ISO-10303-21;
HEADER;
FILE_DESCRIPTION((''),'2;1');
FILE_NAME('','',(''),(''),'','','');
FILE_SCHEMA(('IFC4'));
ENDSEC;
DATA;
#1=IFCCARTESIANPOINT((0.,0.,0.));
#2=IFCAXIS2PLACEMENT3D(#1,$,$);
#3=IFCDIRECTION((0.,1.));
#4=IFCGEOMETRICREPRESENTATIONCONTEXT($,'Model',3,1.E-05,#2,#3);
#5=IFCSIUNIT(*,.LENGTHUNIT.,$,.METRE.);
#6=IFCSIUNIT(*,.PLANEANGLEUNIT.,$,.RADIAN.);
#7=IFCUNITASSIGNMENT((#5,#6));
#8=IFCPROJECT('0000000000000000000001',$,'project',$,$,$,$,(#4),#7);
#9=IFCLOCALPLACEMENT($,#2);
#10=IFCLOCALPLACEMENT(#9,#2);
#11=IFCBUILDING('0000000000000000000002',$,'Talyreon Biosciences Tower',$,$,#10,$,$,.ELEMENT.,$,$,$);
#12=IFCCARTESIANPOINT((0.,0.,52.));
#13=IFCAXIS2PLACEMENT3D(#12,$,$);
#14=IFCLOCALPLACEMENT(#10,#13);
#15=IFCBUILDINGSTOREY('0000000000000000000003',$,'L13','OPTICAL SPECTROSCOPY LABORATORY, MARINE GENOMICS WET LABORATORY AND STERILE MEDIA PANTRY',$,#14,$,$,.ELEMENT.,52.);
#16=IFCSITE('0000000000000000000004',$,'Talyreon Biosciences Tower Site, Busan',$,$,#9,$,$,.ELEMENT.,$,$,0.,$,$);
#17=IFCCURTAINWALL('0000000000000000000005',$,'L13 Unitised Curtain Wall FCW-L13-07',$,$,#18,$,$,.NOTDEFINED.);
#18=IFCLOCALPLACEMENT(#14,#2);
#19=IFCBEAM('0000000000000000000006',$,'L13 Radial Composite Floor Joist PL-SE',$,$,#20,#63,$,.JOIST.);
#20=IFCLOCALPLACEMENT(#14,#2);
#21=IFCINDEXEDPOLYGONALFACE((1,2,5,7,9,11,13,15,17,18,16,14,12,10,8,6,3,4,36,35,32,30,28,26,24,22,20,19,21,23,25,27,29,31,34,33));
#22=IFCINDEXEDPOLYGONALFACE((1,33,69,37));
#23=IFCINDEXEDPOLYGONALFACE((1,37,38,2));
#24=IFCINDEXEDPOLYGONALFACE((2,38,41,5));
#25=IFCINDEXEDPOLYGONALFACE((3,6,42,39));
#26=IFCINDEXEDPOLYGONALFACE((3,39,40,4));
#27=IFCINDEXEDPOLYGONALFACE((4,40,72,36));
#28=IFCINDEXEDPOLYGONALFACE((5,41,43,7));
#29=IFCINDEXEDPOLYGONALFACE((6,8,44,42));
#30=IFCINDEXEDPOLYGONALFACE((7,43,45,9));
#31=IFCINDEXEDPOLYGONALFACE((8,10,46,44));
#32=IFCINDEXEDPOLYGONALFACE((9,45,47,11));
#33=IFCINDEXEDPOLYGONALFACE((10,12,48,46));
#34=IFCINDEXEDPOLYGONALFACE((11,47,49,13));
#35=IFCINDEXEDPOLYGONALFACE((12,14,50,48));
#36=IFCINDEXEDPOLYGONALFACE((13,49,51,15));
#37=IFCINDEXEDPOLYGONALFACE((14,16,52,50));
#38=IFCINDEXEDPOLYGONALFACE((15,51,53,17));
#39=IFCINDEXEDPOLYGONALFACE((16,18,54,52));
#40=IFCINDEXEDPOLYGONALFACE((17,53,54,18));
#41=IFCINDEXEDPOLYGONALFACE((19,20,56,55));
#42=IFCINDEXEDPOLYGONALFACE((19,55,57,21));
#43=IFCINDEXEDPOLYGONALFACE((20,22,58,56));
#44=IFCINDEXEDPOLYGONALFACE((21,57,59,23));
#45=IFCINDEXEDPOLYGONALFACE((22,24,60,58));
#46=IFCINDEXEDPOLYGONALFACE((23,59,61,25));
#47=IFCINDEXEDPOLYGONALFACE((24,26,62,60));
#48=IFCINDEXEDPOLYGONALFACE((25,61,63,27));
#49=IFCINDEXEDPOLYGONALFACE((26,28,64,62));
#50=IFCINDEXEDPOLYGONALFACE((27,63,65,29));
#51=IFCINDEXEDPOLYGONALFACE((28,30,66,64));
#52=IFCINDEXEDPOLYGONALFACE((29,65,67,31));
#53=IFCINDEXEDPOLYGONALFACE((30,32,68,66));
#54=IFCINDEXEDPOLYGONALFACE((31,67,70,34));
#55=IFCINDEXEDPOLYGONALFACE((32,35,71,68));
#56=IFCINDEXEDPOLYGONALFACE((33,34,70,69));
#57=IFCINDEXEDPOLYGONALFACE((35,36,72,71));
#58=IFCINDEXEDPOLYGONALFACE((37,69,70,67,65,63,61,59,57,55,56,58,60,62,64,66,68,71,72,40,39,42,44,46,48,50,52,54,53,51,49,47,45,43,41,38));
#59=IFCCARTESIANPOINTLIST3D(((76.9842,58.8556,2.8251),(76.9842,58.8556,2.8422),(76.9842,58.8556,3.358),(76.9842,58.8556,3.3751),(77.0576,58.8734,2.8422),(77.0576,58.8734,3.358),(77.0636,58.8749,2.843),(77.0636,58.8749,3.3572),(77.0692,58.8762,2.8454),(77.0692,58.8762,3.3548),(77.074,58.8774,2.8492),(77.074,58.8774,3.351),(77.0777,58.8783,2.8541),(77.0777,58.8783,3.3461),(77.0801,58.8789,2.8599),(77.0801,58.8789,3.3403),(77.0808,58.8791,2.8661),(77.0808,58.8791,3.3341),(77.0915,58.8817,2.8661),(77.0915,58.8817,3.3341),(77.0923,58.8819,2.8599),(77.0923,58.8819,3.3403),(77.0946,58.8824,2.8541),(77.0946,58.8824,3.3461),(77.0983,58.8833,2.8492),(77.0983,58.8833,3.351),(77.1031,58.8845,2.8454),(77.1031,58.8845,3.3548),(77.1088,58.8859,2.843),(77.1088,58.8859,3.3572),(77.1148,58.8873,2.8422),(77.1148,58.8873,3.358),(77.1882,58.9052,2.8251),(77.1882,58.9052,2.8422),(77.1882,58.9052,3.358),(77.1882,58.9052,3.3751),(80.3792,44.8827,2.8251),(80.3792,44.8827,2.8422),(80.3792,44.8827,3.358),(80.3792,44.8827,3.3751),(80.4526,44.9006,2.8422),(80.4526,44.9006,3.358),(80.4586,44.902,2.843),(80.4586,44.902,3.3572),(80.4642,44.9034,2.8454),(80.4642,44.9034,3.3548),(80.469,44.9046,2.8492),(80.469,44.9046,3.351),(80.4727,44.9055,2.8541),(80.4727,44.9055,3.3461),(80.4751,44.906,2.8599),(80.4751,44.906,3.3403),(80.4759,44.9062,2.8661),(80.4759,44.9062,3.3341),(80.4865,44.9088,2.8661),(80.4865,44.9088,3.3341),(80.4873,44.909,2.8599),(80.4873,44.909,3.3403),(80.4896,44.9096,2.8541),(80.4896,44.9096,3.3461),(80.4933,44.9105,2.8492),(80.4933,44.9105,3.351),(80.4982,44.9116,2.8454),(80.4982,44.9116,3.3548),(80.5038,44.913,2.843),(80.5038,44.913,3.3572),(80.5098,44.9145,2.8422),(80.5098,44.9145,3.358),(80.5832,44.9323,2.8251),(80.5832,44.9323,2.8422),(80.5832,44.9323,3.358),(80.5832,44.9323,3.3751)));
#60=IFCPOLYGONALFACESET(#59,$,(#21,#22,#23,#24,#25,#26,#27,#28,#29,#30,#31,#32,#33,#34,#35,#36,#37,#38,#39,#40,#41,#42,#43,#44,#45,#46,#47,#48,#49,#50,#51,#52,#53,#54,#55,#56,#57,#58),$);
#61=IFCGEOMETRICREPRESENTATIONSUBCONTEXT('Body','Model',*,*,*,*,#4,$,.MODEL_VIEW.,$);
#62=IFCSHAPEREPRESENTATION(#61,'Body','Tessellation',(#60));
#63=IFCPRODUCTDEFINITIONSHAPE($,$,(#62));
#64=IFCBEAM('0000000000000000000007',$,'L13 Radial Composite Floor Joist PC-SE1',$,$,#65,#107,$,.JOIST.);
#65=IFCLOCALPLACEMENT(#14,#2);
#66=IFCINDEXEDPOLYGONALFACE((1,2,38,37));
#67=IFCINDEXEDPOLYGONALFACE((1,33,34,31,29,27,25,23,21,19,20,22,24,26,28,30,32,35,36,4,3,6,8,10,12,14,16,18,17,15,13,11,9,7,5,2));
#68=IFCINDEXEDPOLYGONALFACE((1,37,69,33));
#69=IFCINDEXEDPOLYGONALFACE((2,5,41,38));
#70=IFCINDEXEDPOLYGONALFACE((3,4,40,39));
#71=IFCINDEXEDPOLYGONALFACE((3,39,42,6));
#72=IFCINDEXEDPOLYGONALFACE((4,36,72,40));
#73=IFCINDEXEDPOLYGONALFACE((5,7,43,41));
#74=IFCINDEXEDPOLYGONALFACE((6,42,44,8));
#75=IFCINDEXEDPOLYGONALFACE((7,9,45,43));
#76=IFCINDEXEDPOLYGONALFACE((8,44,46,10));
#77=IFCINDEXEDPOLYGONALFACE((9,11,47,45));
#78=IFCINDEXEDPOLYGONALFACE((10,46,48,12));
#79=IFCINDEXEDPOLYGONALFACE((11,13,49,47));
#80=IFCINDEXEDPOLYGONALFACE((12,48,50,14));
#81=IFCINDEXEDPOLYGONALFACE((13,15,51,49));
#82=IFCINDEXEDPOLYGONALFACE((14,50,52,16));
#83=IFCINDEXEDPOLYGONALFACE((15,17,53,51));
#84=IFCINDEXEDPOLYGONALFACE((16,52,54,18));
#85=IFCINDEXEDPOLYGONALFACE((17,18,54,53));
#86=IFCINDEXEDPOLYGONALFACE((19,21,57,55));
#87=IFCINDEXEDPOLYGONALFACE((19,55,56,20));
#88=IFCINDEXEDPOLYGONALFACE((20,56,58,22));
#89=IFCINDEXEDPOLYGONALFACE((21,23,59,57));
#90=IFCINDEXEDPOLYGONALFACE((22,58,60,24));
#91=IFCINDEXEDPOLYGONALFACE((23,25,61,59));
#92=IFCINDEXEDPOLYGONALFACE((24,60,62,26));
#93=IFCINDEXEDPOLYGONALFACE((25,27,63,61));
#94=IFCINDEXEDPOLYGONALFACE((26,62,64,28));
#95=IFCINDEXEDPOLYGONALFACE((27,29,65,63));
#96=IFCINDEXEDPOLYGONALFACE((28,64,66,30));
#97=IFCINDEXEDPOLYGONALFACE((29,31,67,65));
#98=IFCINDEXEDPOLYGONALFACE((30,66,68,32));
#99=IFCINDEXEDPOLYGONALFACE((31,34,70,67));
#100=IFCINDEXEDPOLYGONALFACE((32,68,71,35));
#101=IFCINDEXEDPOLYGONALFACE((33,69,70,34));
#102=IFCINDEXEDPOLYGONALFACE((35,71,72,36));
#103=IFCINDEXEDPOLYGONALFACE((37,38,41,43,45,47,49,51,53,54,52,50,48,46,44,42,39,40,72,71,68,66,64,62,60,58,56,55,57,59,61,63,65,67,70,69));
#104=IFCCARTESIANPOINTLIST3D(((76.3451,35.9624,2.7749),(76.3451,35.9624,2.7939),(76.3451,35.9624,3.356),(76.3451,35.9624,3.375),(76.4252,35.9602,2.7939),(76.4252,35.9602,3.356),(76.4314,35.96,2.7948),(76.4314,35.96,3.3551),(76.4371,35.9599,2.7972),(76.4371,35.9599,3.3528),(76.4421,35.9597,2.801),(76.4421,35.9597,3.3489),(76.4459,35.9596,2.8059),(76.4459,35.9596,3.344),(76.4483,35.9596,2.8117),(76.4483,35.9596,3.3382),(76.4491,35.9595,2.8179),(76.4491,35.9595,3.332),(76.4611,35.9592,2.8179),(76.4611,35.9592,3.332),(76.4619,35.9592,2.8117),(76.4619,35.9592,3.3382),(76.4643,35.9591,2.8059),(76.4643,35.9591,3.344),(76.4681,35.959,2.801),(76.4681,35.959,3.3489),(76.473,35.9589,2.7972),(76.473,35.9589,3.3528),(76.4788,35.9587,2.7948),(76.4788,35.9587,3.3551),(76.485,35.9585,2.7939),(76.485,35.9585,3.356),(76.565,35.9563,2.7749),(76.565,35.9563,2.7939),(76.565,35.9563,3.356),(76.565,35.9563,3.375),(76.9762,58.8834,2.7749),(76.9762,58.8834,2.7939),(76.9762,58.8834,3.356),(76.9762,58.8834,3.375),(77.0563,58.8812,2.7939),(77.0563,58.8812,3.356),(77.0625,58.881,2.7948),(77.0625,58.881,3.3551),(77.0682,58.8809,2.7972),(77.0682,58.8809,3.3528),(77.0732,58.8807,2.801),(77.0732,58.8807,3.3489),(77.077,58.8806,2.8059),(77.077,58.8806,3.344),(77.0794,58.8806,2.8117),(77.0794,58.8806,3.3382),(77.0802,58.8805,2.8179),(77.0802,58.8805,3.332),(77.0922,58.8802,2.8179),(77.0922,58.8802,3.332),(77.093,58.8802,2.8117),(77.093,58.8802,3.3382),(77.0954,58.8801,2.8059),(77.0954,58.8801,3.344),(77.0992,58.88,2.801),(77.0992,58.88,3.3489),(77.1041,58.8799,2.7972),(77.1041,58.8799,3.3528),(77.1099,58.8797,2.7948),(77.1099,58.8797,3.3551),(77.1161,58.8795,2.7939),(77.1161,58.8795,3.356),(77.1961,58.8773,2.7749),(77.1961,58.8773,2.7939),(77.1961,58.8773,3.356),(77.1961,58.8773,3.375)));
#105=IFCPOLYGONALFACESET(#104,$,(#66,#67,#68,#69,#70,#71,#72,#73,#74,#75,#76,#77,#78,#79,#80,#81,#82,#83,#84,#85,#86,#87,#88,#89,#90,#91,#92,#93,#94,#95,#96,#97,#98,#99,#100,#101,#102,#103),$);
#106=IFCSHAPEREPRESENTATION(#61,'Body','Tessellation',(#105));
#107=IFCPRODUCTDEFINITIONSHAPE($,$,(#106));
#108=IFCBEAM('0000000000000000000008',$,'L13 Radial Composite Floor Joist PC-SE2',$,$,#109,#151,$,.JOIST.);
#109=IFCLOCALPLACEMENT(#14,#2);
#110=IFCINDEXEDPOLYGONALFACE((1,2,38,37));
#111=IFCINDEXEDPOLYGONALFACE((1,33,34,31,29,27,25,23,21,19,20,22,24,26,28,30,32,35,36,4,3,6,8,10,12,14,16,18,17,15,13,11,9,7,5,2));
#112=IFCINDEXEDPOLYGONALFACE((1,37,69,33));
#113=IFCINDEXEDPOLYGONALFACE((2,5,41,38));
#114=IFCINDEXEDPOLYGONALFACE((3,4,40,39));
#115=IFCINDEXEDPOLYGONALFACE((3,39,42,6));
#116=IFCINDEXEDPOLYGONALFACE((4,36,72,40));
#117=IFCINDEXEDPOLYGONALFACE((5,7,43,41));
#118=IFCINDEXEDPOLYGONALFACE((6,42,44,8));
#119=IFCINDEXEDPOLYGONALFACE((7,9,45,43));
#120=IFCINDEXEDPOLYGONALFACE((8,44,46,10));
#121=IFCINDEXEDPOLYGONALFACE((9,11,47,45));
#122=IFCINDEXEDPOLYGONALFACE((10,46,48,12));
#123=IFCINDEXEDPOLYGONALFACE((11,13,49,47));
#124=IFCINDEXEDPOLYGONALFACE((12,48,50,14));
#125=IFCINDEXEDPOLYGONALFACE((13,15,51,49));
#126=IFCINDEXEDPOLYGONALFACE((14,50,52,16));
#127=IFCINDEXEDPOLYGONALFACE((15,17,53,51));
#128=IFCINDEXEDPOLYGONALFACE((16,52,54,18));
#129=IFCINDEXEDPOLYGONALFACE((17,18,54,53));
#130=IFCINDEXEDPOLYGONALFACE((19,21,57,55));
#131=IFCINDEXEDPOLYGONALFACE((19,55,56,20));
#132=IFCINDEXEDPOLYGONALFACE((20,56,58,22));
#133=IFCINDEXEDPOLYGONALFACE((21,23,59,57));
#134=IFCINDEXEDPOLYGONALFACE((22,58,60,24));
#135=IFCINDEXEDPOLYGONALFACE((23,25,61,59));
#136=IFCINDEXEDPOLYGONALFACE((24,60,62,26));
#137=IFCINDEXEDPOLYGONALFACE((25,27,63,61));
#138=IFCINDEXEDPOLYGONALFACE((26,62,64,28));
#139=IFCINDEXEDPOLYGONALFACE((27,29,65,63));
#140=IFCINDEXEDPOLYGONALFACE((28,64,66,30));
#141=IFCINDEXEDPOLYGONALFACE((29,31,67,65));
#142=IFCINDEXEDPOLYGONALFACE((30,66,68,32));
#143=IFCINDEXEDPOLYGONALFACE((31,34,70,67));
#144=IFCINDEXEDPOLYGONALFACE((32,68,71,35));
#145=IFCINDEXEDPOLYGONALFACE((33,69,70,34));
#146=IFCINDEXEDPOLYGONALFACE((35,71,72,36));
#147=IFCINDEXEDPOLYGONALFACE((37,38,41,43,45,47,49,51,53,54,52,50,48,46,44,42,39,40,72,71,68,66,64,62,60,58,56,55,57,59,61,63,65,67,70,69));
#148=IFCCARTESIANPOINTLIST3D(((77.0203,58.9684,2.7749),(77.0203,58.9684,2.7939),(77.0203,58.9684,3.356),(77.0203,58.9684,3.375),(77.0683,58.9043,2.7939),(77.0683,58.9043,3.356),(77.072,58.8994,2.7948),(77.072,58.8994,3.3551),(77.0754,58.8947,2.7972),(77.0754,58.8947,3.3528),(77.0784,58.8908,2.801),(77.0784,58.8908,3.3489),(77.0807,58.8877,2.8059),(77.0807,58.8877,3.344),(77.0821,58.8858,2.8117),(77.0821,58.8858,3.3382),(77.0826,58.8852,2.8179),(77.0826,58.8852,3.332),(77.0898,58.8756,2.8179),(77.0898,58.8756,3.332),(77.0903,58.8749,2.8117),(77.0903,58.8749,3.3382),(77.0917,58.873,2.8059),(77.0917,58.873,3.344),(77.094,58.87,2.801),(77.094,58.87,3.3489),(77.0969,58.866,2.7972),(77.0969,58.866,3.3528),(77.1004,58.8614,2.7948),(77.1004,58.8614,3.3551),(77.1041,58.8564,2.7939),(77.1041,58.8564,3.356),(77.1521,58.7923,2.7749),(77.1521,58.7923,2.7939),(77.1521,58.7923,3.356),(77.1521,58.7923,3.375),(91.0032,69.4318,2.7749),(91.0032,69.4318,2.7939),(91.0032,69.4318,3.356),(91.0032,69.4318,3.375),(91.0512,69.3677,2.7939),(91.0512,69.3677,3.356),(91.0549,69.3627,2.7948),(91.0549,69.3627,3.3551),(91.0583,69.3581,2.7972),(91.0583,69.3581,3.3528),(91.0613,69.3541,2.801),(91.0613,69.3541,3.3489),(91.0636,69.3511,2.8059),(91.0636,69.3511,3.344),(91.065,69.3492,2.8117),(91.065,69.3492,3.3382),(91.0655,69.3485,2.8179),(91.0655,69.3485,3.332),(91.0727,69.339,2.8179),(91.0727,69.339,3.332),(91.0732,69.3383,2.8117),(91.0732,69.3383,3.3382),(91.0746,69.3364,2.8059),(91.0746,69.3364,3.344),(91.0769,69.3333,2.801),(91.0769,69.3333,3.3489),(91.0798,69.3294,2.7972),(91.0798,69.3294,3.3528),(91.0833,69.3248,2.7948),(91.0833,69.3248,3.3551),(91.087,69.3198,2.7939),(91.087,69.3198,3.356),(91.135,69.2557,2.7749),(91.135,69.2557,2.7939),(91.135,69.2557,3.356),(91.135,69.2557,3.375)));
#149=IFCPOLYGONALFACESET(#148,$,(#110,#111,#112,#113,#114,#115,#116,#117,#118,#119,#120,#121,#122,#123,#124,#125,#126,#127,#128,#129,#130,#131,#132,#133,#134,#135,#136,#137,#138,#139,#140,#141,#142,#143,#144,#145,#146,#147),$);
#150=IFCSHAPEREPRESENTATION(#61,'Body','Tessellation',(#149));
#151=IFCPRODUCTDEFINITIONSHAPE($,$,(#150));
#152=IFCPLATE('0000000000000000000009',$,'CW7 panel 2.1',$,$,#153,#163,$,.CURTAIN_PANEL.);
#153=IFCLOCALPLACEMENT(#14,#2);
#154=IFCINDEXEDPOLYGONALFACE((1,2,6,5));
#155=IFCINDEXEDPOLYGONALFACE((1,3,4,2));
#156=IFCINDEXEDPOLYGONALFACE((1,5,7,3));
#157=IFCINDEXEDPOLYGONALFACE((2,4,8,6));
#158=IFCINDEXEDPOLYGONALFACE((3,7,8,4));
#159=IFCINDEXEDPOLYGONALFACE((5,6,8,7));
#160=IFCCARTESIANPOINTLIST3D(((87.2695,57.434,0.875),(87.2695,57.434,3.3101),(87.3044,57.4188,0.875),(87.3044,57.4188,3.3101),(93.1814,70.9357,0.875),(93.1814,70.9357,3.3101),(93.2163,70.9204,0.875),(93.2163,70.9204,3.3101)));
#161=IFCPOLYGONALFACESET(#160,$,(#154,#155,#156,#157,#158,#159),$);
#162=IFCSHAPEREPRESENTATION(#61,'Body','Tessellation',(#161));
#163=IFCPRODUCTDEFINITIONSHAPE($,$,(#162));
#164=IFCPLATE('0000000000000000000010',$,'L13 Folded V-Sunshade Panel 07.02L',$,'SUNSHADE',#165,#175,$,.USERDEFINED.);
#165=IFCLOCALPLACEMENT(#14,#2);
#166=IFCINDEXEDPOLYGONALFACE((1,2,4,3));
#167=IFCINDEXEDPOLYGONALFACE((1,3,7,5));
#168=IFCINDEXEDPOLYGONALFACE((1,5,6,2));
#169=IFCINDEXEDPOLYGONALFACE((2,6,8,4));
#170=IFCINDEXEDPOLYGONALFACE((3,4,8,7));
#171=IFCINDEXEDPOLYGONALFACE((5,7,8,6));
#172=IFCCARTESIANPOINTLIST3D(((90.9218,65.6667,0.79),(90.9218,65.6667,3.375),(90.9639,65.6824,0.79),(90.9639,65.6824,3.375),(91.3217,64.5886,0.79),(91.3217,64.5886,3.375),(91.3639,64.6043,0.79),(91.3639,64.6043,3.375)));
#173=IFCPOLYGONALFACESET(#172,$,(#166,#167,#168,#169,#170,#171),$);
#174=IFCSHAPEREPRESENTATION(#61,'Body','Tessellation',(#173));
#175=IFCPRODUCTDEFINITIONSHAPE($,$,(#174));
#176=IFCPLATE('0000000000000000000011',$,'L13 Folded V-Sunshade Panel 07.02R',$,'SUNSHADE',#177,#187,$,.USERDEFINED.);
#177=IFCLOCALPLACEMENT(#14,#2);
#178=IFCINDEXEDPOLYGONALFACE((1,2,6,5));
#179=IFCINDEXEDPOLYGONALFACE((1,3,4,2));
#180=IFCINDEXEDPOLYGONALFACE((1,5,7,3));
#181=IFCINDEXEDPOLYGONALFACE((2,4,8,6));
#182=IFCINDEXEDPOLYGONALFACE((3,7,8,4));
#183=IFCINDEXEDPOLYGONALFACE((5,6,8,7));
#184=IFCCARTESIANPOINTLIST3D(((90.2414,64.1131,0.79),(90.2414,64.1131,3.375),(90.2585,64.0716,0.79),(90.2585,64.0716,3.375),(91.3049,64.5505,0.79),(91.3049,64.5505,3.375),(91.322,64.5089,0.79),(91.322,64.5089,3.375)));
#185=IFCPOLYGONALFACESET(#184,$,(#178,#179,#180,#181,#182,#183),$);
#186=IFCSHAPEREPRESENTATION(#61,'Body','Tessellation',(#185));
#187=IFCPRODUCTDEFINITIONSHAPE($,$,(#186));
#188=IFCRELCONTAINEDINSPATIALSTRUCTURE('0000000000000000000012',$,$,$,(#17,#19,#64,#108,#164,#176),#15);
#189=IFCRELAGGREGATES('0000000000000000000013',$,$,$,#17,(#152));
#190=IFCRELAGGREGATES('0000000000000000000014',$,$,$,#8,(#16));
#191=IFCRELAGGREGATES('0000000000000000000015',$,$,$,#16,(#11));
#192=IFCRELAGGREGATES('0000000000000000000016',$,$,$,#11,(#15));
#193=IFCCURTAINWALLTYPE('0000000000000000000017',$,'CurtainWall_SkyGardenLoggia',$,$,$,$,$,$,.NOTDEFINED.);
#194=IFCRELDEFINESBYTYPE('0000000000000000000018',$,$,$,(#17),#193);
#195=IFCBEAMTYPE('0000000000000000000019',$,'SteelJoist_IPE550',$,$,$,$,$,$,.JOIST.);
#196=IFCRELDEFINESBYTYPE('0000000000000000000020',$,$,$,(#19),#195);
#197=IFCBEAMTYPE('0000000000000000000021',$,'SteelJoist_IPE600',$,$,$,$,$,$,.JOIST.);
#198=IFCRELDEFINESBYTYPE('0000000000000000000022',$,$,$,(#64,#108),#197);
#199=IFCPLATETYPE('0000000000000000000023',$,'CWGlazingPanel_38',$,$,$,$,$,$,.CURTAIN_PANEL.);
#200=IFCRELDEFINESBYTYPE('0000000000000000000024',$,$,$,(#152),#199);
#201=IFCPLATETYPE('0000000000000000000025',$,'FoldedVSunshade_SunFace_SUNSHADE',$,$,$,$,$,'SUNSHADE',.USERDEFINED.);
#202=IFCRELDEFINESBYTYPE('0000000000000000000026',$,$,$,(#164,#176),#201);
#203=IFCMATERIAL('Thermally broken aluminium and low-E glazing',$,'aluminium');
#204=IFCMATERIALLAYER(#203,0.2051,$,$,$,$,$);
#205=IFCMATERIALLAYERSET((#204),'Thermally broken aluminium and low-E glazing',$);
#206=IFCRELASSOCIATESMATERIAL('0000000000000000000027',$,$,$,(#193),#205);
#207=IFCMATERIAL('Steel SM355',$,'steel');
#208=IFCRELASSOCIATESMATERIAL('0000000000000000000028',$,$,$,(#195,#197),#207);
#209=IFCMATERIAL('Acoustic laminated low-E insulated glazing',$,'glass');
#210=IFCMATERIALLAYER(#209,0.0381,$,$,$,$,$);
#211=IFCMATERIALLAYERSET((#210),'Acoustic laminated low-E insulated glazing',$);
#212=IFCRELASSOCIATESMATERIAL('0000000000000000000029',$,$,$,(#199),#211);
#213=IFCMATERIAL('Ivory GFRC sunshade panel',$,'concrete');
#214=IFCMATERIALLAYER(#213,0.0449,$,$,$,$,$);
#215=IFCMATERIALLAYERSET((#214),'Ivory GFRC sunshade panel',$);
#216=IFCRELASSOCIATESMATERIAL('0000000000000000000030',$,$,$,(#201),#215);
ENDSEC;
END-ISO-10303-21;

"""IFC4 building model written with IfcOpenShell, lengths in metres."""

from ifc_helpers import new_model, si_unit, direction, frame, origin, origin_2d, place, context, subcontext, project, spatial, rectangle, i_section, extrude, material, layer, layer_set, material_profile, profile_set, type_object, element, aggregate, save


model = new_model("IFC4")

# Units and contexts
model_context = context("Model", 3, precision=1e-05, world=origin(), true_north=direction((0.0, 1.0)))
body_context = subcontext(model_context, "Body", "Model", "MODEL_VIEW")
ifc_project = project(units=[si_unit("LENGTHUNIT", "METRE"), si_unit("PLANEANGLEUNIT", "RADIAN")], contexts=[model_context])

# Site, building, storey
site_placement = place(None, origin())
site = spatial("IfcSite", under=ifc_project, at=site_placement, Name="Talyreon Biosciences Tower Site, Busan", CompositionType="ELEMENT", RefElevation=0.0)
building_placement = place(site_placement, origin())
building = spatial("IfcBuilding", under=site, at=building_placement, Name="Talyreon Biosciences Tower", CompositionType="ELEMENT")
storey_placement = place(building_placement, frame((0.0, 0.0, 52.0)))
storey = spatial("IfcBuildingStorey", under=building, at=storey_placement, Name="L13", Description="OPTICAL SPECTROSCOPY LABORATORY, MARINE GENOMICS WET LABORATORY AND STERILE MEDIA PANTRY", CompositionType="ELEMENT", Elevation=52.0)

# Curtain wall
ifc_material_1 = material(Name="Thermally broken aluminium and low-E glazing", Category="aluminium")
ifc_layer_1 = layer(ifc_material_1, 0.2051)
ifc_layer_set_1 = layer_set([ifc_layer_1], Name="Thermally broken aluminium and low-E glazing")
curtain_wall_type = type_object("IfcCurtainWallType", Name="CurtainWall_SkyGardenLoggia", PredefinedType="NOTDEFINED", material=ifc_layer_set_1)
curtain_wall_placement = place(storey_placement, origin())
curtain_wall = element("IfcCurtainWall", 1, at=curtain_wall_placement, inside=storey, type_object=curtain_wall_type, Name="L13 Unitised Curtain Wall FCW-L13-07", PredefinedType="NOTDEFINED")

# Beams
ifc_material_2 = material(Name="Steel SM355", Category="steel")
ifc_material_profile_1 = material_profile(ifc_material_2, i_section(OverallWidth=0.21, OverallDepth=0.55, WebThickness=0.011, FlangeThickness=0.0171, FilletRadius=0.0239, at=origin_2d()), Name="IPE550")
ifc_profile_set_1 = profile_set([ifc_material_profile_1], Name="Steel SM355")
beam_type_1 = type_object("IfcBeamType", Name="SteelJoist_IPE550", PredefinedType="JOIST", material=ifc_profile_set_1)
beam_1_placement = place(storey_placement, frame((77.0862, 58.8804, 3.1001), z_axis=(0.236102, -0.971728, 0.0), x_axis=(0.971728, 0.236102, 0.0)))
element("IfcBeam", 2, at=beam_1_placement, inside=storey, type_object=beam_type_1, Name="L13 Radial Composite Floor Joist PL-SE", PredefinedType="JOIST", context=body_context, shape_type="SweptSolid", body=[
    extrude(i_section(OverallWidth=0.21, OverallDepth=0.55, WebThickness=0.011, FlangeThickness=0.0171, FilletRadius=0.0239, at=origin_2d()), origin(), (0.0, 0.0, 1.0), 14.3794),
])
ifc_material_profile_2 = material_profile(ifc_material_2, i_section(OverallWidth=0.22, OverallDepth=0.6001, WebThickness=0.012, FlangeThickness=0.019, FilletRadius=0.0239, at=origin_2d()), Name="IPE600")
ifc_profile_set_2 = profile_set([ifc_material_profile_2], Name="Steel SM355")
beam_type_2 = type_object("IfcBeamType", Name="SteelJoist_IPE600", PredefinedType="JOIST", material=ifc_profile_set_2)
beam_2_placement = place(storey_placement, frame((77.0862, 58.8804, 3.075), z_axis=(-0.027524, -0.999621, 0.0), x_axis=(0.999621, -0.027524, 0.0)))
element("IfcBeam", 3, at=beam_2_placement, inside=storey, type_object=beam_type_2, Name="L13 Radial Composite Floor Joist PC-SE1", PredefinedType="JOIST", context=body_context, shape_type="SweptSolid", body=[
    extrude(i_section(OverallWidth=0.22, OverallDepth=0.6001, WebThickness=0.012, FlangeThickness=0.019, FilletRadius=0.0239, at=origin_2d()), origin(), (0.0, 0.0, 1.0), 22.9297),
])
beam_3_placement = place(storey_placement, frame((77.0862, 58.8804, 3.075), z_axis=(0.800654, 0.599127, 0.0), x_axis=(-0.599127, 0.800654, 0.0)))
element("IfcBeam", 4, at=beam_3_placement, inside=storey, type_object=beam_type_2, Name="L13 Radial Composite Floor Joist PC-SE2", PredefinedType="JOIST", context=body_context, shape_type="SweptSolid", body=[
    extrude(i_section(OverallWidth=0.22, OverallDepth=0.6001, WebThickness=0.012, FlangeThickness=0.019, FilletRadius=0.0239, at=origin_2d()), origin(), (0.0, 0.0, 1.0), 17.4644),
])

# Plate
ifc_material_3 = material(Name="Acoustic laminated low-E insulated glazing", Category="glass")
ifc_layer_2 = layer(ifc_material_3, 0.0381)
ifc_layer_set_2 = layer_set([ifc_layer_2], Name="Acoustic laminated low-E insulated glazing")
plate_type_1 = type_object("IfcPlateType", Name="CWGlazingPanel_38", PredefinedType="CURTAIN_PANEL", material=ifc_layer_set_2)
plate_placement = place(storey_placement, frame((90.2429, 64.1772, 0.875), z_axis=(0.0, 0.0, 1.0), x_axis=(-0.401098, -0.916035, 0.0)))
plate = element("IfcPlate", 5, at=plate_placement, type_object=plate_type_1, Name="CW7 panel 2.1", PredefinedType="CURTAIN_PANEL", context=body_context, shape_type="SweptSolid", body=[
    extrude(rectangle(XDim=14.7393, YDim=0.0381, at=origin_2d()), origin(), (0.0, 0.0, 1.0), 2.4351),
])
aggregate(curtain_wall, [plate])

# Plates
ifc_material_4 = material(Name="Ivory GFRC sunshade panel", Category="concrete")
ifc_layer_3 = layer(ifc_material_4, 0.0449)
ifc_layer_set_3 = layer_set([ifc_layer_3], Name="Ivory GFRC sunshade panel")
plate_type_2 = type_object("IfcPlateType", Name="FoldedVSunshade_SunFace_SUNSHADE", ElementType="SUNSHADE", PredefinedType="USERDEFINED", material=ifc_layer_set_3)
for number, where, z_axis, x_axis, name in (
    (6, (91.1428, 65.1355, 0.79), (0.0, 0.0, 1.0), (0.347803, -0.937568, 0.0), "L13 Folded V-Sunshade Panel 07.02L"),
    (7, (90.7817, 64.311, 0.79), (0.0, 0.0, 1.0), (-0.924858, -0.380312, 0.0), "L13 Folded V-Sunshade Panel 07.02R"),
):
    element("IfcPlate", number, at=place(storey_placement, frame(where, z_axis=z_axis, x_axis=x_axis)), inside=storey, type_object=plate_type_2, Name=name, ObjectType="SUNSHADE", PredefinedType="USERDEFINED", context=body_context, shape_type="SweptSolid", body=[
        extrude(rectangle(XDim=1.1499, YDim=0.0449, at=origin_2d()), origin(), (0.0, 0.0, 1.0), 2.585),
    ])

save(model, "model.ifc")
